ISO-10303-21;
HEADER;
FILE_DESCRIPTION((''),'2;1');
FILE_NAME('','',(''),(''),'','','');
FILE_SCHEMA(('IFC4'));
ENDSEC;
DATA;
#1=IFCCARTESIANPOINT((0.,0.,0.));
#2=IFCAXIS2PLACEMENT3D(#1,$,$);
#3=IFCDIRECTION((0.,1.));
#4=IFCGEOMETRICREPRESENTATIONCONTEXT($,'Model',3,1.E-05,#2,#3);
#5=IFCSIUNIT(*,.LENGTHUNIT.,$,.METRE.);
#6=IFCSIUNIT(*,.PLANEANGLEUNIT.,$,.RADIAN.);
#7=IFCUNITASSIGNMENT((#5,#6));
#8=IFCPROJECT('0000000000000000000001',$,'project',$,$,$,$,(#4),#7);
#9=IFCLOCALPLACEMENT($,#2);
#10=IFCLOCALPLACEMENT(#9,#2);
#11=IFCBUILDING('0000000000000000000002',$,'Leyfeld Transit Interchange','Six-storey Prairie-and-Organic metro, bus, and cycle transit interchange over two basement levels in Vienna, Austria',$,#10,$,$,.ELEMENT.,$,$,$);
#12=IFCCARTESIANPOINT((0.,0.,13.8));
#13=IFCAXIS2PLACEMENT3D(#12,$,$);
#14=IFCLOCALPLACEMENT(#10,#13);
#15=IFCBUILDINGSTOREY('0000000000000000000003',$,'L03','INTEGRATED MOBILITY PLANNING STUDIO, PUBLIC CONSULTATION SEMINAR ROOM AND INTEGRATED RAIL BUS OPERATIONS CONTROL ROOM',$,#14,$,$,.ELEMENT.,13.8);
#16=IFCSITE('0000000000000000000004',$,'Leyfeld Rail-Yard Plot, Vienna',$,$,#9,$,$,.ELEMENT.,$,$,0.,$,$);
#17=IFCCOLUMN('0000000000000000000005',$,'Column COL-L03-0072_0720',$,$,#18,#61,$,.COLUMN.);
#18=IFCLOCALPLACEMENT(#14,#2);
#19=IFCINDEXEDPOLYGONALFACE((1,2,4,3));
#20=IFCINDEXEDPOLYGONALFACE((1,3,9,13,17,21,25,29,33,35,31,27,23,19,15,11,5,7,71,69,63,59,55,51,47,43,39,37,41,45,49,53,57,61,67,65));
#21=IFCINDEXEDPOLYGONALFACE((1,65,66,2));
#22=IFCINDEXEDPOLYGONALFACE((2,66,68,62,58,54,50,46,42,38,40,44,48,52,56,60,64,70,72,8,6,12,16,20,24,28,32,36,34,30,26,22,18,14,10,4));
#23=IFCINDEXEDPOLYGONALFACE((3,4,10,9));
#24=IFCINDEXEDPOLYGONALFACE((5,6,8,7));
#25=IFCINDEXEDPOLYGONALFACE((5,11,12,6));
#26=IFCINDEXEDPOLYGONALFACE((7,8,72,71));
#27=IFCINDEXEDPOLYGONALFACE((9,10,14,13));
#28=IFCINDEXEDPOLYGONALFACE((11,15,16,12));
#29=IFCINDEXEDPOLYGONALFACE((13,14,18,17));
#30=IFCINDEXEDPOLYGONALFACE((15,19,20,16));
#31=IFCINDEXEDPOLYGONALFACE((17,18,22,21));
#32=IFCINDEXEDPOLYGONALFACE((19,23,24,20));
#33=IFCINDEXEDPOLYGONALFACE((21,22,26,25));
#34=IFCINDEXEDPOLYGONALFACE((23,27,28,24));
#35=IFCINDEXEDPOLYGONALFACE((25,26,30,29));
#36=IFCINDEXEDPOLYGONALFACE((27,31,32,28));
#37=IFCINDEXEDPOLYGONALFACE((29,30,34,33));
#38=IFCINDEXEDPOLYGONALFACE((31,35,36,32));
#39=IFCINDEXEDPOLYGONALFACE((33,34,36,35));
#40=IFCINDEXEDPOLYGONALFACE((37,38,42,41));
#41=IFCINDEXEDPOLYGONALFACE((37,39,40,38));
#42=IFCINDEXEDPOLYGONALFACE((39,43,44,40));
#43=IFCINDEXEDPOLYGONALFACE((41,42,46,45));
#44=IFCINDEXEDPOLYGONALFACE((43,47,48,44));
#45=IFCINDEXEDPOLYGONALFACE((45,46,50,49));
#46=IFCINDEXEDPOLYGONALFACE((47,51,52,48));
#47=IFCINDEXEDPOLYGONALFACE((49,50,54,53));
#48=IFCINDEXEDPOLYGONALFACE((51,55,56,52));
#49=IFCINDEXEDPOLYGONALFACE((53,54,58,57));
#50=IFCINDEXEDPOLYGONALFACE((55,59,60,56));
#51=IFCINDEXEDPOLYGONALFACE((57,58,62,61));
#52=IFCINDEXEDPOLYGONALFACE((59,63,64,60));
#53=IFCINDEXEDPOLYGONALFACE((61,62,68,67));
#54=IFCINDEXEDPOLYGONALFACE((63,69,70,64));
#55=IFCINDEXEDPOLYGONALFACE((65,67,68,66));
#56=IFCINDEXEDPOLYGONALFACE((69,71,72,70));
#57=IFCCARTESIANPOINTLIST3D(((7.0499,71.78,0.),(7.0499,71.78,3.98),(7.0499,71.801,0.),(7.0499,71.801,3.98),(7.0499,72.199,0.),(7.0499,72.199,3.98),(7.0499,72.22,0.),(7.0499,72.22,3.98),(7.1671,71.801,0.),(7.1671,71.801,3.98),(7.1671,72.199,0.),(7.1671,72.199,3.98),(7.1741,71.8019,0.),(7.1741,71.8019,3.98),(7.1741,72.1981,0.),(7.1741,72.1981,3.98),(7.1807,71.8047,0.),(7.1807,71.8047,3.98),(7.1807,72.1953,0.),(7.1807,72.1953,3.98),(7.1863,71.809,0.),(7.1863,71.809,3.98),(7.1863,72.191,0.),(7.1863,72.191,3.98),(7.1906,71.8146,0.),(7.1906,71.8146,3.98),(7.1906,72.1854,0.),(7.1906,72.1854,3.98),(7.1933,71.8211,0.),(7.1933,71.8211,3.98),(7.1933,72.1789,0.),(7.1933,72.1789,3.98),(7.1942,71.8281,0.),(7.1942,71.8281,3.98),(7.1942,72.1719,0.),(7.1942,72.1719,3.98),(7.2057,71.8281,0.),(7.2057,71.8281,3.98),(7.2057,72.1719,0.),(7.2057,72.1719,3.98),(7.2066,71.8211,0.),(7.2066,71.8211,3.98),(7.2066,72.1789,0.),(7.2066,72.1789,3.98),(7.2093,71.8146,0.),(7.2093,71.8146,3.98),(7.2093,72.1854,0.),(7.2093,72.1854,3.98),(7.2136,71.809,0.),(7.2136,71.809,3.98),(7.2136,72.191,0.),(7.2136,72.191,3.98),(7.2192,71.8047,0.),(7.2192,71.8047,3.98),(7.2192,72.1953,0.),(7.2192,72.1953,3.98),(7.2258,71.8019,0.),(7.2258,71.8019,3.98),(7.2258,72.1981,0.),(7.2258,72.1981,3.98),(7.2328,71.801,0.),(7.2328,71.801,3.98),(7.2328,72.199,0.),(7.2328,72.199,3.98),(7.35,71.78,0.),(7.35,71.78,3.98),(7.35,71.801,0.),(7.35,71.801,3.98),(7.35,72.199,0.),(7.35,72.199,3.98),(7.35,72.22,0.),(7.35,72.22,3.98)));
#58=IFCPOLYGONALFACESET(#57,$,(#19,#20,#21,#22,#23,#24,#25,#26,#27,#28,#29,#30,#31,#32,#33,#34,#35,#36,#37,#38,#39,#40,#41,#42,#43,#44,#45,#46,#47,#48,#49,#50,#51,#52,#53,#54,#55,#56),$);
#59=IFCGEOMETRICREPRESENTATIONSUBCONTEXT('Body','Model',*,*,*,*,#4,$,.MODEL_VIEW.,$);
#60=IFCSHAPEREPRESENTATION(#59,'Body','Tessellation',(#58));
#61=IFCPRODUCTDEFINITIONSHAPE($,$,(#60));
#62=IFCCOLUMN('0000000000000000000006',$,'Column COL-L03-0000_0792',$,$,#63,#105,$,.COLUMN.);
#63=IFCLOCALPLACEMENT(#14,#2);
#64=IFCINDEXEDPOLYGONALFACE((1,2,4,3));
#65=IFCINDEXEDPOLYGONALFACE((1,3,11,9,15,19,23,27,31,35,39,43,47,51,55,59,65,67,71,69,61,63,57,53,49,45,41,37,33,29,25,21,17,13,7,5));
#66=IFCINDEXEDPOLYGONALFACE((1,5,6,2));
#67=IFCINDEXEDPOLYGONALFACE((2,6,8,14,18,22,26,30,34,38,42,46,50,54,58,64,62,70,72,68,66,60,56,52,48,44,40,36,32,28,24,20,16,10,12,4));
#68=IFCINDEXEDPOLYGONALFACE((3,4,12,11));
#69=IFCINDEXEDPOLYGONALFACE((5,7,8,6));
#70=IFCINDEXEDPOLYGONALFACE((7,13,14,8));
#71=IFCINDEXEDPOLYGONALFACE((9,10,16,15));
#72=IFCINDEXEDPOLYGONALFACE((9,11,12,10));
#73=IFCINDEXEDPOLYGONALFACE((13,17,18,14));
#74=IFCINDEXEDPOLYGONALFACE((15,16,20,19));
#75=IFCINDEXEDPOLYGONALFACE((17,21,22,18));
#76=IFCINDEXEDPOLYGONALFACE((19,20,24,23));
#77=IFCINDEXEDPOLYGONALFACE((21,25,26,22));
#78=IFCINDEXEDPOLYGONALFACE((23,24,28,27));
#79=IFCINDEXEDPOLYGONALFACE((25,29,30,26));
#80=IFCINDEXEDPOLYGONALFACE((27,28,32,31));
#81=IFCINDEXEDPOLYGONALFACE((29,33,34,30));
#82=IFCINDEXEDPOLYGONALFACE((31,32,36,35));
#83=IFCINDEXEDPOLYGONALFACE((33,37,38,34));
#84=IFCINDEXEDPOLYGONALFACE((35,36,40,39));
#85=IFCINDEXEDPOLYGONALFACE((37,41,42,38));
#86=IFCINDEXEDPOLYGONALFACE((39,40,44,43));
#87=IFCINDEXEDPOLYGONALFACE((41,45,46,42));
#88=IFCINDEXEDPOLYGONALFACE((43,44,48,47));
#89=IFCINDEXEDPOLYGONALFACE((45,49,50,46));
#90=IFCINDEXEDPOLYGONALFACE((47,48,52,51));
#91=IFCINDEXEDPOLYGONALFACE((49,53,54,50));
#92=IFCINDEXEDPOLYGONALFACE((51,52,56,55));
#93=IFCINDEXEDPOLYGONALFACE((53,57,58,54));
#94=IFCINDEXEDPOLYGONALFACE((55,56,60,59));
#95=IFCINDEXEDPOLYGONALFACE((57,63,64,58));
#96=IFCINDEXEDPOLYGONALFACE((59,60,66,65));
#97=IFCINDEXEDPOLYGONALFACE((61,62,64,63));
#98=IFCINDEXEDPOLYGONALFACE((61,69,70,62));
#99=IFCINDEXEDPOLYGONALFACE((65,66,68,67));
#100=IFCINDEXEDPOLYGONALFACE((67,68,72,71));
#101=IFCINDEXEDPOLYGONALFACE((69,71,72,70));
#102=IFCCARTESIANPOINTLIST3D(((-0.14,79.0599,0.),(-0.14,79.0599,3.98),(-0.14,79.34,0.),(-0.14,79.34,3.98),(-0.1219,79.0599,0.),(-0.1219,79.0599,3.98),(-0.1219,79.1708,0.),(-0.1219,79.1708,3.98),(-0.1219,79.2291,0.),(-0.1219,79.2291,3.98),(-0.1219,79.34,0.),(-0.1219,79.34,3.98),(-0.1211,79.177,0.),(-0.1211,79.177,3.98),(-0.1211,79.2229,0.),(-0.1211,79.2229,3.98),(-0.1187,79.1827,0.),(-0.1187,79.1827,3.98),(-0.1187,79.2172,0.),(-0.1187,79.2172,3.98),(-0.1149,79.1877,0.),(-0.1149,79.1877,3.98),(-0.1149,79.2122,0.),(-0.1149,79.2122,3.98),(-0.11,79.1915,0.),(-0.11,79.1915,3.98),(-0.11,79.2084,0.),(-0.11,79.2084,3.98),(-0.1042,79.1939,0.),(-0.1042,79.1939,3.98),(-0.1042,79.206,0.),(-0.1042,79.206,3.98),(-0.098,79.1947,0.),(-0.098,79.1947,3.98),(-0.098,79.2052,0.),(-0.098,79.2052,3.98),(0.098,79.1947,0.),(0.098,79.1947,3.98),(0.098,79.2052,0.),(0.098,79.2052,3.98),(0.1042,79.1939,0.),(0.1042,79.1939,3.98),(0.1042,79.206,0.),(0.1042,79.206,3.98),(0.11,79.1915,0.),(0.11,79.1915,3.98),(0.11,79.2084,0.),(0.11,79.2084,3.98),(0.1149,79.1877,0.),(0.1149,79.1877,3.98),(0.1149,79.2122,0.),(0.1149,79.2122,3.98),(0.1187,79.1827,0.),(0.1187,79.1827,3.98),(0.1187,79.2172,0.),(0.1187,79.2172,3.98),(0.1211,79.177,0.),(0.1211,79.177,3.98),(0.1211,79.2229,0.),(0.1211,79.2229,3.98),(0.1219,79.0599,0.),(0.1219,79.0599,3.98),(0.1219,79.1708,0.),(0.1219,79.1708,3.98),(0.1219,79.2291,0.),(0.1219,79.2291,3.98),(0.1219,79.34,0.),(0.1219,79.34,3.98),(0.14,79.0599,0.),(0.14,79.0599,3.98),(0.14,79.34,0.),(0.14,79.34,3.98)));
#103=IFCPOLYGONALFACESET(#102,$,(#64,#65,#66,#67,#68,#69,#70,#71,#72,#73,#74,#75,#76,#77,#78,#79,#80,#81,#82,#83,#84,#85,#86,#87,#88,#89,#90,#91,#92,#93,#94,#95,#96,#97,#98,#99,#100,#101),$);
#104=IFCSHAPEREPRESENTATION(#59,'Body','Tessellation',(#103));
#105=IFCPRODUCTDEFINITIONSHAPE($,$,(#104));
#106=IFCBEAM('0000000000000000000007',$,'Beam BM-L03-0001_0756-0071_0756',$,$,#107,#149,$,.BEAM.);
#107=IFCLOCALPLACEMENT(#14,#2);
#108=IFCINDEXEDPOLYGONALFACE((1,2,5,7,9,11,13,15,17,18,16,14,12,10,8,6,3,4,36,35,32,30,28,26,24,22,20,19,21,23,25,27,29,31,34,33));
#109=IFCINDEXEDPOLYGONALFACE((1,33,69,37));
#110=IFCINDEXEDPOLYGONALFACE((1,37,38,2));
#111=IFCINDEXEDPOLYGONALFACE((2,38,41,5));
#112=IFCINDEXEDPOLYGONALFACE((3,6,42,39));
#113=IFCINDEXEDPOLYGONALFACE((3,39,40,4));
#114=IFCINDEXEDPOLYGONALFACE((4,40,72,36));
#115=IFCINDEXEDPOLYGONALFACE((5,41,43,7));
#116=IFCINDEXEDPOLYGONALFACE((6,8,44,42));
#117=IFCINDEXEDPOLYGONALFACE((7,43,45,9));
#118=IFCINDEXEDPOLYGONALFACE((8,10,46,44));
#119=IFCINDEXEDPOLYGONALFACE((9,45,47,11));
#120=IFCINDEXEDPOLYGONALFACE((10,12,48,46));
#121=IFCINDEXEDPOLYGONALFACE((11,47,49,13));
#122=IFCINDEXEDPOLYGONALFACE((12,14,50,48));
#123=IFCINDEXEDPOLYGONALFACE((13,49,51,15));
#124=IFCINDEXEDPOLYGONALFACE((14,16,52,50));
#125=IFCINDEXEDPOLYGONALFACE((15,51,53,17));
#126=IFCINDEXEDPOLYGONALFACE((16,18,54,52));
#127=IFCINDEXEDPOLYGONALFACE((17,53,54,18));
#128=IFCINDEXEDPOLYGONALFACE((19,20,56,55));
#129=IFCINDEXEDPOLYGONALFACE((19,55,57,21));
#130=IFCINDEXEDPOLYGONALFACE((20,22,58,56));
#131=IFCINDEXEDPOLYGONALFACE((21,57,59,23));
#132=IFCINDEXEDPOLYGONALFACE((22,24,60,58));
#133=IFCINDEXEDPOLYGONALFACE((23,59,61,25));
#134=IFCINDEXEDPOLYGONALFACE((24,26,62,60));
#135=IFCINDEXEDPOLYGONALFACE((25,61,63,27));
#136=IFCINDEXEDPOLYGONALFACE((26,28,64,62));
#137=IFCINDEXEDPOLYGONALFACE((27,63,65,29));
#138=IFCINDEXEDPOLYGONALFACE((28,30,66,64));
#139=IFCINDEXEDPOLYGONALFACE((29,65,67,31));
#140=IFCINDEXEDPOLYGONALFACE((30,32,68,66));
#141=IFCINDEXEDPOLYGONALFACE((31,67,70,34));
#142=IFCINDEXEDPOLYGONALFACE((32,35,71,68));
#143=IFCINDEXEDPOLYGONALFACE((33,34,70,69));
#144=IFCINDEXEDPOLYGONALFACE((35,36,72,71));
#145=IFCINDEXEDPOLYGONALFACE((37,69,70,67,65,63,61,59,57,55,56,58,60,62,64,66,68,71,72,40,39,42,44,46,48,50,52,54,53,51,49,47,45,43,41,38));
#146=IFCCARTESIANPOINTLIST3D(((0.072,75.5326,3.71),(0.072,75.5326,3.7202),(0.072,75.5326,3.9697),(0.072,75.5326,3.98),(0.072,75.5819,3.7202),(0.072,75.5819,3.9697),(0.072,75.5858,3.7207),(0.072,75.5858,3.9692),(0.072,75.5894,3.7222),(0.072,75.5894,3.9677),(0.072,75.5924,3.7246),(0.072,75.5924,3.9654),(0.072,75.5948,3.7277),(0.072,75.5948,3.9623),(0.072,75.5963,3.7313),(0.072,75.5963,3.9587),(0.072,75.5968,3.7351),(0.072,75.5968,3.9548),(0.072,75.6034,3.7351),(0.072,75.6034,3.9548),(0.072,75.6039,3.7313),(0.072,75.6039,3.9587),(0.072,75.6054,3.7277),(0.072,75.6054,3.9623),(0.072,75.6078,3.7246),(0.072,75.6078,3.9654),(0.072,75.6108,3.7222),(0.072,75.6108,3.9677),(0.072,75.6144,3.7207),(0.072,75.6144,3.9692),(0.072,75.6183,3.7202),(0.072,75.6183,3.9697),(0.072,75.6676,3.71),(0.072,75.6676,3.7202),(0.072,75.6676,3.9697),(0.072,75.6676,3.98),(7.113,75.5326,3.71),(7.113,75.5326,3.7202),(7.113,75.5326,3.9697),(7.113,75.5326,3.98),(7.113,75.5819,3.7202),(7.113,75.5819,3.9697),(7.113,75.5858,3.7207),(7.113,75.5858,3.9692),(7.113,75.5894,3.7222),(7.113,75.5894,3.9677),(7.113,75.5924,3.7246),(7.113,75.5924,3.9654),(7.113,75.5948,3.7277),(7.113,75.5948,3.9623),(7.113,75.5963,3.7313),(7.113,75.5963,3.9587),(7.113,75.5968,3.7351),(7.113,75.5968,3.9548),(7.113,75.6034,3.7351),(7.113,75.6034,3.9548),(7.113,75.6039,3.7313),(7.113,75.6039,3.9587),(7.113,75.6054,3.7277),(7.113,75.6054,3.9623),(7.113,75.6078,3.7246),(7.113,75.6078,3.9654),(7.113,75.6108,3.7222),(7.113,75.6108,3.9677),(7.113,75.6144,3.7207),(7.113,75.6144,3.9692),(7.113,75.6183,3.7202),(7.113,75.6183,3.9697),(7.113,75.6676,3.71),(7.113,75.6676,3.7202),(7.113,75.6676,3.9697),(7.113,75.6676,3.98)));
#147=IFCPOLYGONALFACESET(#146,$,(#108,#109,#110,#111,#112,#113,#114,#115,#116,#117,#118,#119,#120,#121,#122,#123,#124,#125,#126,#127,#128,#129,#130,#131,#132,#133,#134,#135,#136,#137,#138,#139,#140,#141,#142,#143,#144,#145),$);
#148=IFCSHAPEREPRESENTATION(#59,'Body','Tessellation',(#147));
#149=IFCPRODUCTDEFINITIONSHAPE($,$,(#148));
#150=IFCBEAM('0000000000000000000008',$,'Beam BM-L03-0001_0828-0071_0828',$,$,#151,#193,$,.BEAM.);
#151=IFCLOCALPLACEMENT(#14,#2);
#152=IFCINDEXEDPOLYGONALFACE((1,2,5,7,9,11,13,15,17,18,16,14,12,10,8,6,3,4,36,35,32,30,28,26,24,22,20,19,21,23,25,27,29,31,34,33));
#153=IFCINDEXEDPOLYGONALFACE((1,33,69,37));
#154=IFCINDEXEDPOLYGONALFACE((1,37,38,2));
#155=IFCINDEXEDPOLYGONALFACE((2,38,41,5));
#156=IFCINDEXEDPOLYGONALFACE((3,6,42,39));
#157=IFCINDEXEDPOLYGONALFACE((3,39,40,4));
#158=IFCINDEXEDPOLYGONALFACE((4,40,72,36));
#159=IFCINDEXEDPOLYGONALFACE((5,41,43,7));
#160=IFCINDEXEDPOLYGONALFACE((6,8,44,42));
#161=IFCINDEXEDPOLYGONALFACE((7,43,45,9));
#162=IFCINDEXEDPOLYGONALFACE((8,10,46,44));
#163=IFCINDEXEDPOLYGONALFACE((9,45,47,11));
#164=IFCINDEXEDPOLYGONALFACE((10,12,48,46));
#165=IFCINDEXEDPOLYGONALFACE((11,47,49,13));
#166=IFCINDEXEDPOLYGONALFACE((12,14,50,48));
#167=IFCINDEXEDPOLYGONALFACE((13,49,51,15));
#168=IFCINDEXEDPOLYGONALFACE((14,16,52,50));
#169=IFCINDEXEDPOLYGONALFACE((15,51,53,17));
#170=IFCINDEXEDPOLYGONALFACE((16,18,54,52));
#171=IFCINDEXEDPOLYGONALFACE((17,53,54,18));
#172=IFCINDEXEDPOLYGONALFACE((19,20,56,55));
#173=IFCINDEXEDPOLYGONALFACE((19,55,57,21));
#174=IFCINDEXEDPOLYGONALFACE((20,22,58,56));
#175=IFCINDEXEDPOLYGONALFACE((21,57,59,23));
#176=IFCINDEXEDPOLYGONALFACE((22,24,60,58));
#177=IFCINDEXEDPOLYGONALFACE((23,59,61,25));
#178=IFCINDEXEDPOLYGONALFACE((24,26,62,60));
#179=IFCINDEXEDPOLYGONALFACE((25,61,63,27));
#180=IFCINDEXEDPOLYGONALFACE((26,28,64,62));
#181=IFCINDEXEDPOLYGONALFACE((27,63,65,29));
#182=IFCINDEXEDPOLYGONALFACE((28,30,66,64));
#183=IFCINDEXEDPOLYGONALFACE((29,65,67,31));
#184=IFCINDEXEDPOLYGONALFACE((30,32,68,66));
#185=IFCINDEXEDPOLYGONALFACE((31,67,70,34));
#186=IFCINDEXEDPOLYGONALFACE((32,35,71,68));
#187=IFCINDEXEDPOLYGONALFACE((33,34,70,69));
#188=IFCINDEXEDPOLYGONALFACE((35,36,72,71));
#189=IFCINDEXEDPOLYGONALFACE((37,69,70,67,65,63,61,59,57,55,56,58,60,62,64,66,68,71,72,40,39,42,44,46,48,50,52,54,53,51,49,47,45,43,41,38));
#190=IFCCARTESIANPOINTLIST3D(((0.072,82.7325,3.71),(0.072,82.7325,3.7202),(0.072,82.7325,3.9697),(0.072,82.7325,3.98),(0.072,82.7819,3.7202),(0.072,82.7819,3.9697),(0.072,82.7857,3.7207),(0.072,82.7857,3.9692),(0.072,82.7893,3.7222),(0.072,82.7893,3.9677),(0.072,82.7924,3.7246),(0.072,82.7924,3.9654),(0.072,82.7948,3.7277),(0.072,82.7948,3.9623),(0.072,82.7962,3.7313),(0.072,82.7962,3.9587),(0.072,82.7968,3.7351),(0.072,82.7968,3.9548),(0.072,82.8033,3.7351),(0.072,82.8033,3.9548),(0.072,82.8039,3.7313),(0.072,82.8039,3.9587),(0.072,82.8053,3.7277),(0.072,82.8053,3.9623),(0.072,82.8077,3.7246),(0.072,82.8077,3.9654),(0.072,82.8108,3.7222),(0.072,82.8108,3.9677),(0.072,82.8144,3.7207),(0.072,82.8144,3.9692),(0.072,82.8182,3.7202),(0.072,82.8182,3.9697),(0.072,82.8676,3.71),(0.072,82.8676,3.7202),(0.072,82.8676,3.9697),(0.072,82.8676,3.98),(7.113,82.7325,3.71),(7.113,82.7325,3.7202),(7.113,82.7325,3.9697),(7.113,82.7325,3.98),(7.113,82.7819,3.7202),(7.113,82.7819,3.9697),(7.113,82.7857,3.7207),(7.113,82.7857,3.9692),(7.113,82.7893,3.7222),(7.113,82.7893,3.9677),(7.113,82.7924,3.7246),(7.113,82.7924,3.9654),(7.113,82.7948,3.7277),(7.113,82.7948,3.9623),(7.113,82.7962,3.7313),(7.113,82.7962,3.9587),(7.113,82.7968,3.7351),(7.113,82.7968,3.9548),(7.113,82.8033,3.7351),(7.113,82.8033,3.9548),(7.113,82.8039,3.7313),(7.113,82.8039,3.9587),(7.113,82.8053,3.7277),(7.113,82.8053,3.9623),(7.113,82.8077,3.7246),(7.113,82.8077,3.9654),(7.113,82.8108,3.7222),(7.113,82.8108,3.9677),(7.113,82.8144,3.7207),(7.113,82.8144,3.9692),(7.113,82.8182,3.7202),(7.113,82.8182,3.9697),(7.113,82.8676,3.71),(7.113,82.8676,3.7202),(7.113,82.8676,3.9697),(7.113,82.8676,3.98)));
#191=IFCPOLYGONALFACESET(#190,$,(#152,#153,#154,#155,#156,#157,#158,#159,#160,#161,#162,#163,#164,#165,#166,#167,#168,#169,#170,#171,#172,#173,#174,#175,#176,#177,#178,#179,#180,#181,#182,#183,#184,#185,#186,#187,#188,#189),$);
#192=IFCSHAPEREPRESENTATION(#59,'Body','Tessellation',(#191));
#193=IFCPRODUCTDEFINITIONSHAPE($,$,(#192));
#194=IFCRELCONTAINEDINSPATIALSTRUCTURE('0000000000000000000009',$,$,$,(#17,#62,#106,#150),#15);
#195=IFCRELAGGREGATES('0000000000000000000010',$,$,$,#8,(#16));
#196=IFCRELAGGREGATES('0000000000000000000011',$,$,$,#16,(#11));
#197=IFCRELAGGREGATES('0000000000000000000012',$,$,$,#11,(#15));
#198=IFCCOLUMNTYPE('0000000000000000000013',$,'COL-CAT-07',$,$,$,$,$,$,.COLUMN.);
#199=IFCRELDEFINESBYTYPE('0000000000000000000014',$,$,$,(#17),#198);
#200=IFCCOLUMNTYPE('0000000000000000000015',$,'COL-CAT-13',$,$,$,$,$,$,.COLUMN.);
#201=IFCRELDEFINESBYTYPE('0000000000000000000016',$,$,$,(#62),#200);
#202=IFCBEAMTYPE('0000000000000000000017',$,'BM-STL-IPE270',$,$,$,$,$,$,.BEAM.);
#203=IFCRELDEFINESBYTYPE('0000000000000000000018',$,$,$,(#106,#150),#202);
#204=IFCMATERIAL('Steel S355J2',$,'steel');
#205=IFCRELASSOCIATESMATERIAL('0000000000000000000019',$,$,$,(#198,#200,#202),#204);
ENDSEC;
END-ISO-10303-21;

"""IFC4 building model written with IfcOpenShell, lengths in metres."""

from ifc_helpers import new_model, si_unit, direction, frame, origin, origin_2d, place, context, subcontext, project, spatial, i_section, extrude, material, material_profile, profile_set, type_object, element, save


model = new_model("IFC4")

# Units and contexts
model_context = context("Model", 3, precision=1e-05, world=origin(), true_north=direction((0.0, 1.0)))
body_context = subcontext(model_context, "Body", "Model", "MODEL_VIEW")
ifc_project = project(units=[si_unit("LENGTHUNIT", "METRE"), si_unit("PLANEANGLEUNIT", "RADIAN")], contexts=[model_context])

# Site, building, storey
site_placement = place(None, origin())
site = spatial("IfcSite", under=ifc_project, at=site_placement, Name="Leyfeld Rail-Yard Plot, Vienna", CompositionType="ELEMENT", RefElevation=0.0)
building_placement = place(site_placement, origin())
building = spatial("IfcBuilding", under=site, at=building_placement, Name="Leyfeld Transit Interchange", Description="Six-storey Prairie-and-Organic metro, bus, and cycle transit interchange over two basement levels in Vienna, Austria", CompositionType="ELEMENT")
storey_placement = place(building_placement, frame((0.0, 0.0, 13.8)))
storey = spatial("IfcBuildingStorey", under=building, at=storey_placement, Name="L03", Description="INTEGRATED MOBILITY PLANNING STUDIO, PUBLIC CONSULTATION SEMINAR ROOM AND INTEGRATED RAIL BUS OPERATIONS CONTROL ROOM", CompositionType="ELEMENT", Elevation=13.8)

# Columns
ifc_material_1 = material(Name="Steel S355J2", Category="steel")
ifc_material_profile_1 = material_profile(ifc_material_1, i_section(OverallWidth=0.3, OverallDepth=0.4399, WebThickness=0.0115, FlangeThickness=0.021, FilletRadius=0.0271, at=origin_2d()), Name="HEA 450")
ifc_profile_set_1 = profile_set([ifc_material_profile_1], Name="Steel S355J2")
column_type_1 = type_object("IfcColumnType", Name="COL-CAT-07", PredefinedType="COLUMN", material=ifc_profile_set_1)
column_1_placement = place(storey_placement, frame((7.2, 72.0, 0.0), z_axis=(0.0, 0.0, 1.0), x_axis=(1.0, 0.0, 0.0)))
element("IfcColumn", 1, at=column_1_placement, inside=storey, type_object=column_type_1, Name="Column COL-L03-0072_0720", PredefinedType="COLUMN", context=body_context, shape_type="SweptSolid", body=[
    extrude(i_section(OverallWidth=0.3, OverallDepth=0.4399, WebThickness=0.0115, FlangeThickness=0.021, FilletRadius=0.0271, at=origin_2d()), origin(), (0.0, 0.0, 1.0), 3.98),
])
ifc_material_profile_2 = material_profile(ifc_material_1, i_section(OverallWidth=0.28, OverallDepth=0.28, WebThickness=0.0105, FlangeThickness=0.0181, FilletRadius=0.0239, at=origin_2d()), Name="HEB 280")
ifc_profile_set_2 = profile_set([ifc_material_profile_2], Name="Steel S355J2")
column_type_2 = type_object("IfcColumnType", Name="COL-CAT-13", PredefinedType="COLUMN", material=ifc_profile_set_2)
column_2_placement = place(storey_placement, frame((0.0, 79.2, 0.0), z_axis=(0.0, 0.0, 1.0), x_axis=(0.0, 1.0, 0.0)))
element("IfcColumn", 2, at=column_2_placement, inside=storey, type_object=column_type_2, Name="Column COL-L03-0000_0792", PredefinedType="COLUMN", context=body_context, shape_type="SweptSolid", body=[
    extrude(i_section(OverallWidth=0.28, OverallDepth=0.28, WebThickness=0.0105, FlangeThickness=0.0181, FilletRadius=0.0239, at=origin_2d()), origin(), (0.0, 0.0, 1.0), 3.98),
])

# Beams
ifc_material_profile_3 = material_profile(ifc_material_1, i_section(OverallWidth=0.135, OverallDepth=0.27, WebThickness=0.0066, FlangeThickness=0.0103, FilletRadius=0.0149, at=origin_2d()), Name="IPE 270")
ifc_profile_set_3 = profile_set([ifc_material_profile_3], Name="Steel S355J2")
beam_type_1 = type_object("IfcBeamType", Name="BM-STL-IPE270", PredefinedType="BEAM", material=ifc_profile_set_3)
for number, where, z_axis, x_axis, name in (
    (3, (0.072, 75.6001, 3.845), (1.0, 0.0, 0.0), (0.0, 1.0, 0.0), "Beam BM-L03-0001_0756-0071_0756"),
    (4, (0.072, 82.8, 3.845), (1.0, 0.0, 0.0), (0.0, 1.0, 0.0), "Beam BM-L03-0001_0828-0071_0828"),
):
    element("IfcBeam", number, at=place(storey_placement, frame(where, z_axis=z_axis, x_axis=x_axis)), inside=storey, type_object=beam_type_1, Name=name, PredefinedType="BEAM", context=body_context, shape_type="SweptSolid", body=[
        extrude(i_section(OverallWidth=0.135, OverallDepth=0.27, WebThickness=0.0066, FlangeThickness=0.0103, FilletRadius=0.0149, at=origin_2d()), origin(), (0.0, 0.0, 1.0), 7.041),
    ])

save(model, "model.ifc")
